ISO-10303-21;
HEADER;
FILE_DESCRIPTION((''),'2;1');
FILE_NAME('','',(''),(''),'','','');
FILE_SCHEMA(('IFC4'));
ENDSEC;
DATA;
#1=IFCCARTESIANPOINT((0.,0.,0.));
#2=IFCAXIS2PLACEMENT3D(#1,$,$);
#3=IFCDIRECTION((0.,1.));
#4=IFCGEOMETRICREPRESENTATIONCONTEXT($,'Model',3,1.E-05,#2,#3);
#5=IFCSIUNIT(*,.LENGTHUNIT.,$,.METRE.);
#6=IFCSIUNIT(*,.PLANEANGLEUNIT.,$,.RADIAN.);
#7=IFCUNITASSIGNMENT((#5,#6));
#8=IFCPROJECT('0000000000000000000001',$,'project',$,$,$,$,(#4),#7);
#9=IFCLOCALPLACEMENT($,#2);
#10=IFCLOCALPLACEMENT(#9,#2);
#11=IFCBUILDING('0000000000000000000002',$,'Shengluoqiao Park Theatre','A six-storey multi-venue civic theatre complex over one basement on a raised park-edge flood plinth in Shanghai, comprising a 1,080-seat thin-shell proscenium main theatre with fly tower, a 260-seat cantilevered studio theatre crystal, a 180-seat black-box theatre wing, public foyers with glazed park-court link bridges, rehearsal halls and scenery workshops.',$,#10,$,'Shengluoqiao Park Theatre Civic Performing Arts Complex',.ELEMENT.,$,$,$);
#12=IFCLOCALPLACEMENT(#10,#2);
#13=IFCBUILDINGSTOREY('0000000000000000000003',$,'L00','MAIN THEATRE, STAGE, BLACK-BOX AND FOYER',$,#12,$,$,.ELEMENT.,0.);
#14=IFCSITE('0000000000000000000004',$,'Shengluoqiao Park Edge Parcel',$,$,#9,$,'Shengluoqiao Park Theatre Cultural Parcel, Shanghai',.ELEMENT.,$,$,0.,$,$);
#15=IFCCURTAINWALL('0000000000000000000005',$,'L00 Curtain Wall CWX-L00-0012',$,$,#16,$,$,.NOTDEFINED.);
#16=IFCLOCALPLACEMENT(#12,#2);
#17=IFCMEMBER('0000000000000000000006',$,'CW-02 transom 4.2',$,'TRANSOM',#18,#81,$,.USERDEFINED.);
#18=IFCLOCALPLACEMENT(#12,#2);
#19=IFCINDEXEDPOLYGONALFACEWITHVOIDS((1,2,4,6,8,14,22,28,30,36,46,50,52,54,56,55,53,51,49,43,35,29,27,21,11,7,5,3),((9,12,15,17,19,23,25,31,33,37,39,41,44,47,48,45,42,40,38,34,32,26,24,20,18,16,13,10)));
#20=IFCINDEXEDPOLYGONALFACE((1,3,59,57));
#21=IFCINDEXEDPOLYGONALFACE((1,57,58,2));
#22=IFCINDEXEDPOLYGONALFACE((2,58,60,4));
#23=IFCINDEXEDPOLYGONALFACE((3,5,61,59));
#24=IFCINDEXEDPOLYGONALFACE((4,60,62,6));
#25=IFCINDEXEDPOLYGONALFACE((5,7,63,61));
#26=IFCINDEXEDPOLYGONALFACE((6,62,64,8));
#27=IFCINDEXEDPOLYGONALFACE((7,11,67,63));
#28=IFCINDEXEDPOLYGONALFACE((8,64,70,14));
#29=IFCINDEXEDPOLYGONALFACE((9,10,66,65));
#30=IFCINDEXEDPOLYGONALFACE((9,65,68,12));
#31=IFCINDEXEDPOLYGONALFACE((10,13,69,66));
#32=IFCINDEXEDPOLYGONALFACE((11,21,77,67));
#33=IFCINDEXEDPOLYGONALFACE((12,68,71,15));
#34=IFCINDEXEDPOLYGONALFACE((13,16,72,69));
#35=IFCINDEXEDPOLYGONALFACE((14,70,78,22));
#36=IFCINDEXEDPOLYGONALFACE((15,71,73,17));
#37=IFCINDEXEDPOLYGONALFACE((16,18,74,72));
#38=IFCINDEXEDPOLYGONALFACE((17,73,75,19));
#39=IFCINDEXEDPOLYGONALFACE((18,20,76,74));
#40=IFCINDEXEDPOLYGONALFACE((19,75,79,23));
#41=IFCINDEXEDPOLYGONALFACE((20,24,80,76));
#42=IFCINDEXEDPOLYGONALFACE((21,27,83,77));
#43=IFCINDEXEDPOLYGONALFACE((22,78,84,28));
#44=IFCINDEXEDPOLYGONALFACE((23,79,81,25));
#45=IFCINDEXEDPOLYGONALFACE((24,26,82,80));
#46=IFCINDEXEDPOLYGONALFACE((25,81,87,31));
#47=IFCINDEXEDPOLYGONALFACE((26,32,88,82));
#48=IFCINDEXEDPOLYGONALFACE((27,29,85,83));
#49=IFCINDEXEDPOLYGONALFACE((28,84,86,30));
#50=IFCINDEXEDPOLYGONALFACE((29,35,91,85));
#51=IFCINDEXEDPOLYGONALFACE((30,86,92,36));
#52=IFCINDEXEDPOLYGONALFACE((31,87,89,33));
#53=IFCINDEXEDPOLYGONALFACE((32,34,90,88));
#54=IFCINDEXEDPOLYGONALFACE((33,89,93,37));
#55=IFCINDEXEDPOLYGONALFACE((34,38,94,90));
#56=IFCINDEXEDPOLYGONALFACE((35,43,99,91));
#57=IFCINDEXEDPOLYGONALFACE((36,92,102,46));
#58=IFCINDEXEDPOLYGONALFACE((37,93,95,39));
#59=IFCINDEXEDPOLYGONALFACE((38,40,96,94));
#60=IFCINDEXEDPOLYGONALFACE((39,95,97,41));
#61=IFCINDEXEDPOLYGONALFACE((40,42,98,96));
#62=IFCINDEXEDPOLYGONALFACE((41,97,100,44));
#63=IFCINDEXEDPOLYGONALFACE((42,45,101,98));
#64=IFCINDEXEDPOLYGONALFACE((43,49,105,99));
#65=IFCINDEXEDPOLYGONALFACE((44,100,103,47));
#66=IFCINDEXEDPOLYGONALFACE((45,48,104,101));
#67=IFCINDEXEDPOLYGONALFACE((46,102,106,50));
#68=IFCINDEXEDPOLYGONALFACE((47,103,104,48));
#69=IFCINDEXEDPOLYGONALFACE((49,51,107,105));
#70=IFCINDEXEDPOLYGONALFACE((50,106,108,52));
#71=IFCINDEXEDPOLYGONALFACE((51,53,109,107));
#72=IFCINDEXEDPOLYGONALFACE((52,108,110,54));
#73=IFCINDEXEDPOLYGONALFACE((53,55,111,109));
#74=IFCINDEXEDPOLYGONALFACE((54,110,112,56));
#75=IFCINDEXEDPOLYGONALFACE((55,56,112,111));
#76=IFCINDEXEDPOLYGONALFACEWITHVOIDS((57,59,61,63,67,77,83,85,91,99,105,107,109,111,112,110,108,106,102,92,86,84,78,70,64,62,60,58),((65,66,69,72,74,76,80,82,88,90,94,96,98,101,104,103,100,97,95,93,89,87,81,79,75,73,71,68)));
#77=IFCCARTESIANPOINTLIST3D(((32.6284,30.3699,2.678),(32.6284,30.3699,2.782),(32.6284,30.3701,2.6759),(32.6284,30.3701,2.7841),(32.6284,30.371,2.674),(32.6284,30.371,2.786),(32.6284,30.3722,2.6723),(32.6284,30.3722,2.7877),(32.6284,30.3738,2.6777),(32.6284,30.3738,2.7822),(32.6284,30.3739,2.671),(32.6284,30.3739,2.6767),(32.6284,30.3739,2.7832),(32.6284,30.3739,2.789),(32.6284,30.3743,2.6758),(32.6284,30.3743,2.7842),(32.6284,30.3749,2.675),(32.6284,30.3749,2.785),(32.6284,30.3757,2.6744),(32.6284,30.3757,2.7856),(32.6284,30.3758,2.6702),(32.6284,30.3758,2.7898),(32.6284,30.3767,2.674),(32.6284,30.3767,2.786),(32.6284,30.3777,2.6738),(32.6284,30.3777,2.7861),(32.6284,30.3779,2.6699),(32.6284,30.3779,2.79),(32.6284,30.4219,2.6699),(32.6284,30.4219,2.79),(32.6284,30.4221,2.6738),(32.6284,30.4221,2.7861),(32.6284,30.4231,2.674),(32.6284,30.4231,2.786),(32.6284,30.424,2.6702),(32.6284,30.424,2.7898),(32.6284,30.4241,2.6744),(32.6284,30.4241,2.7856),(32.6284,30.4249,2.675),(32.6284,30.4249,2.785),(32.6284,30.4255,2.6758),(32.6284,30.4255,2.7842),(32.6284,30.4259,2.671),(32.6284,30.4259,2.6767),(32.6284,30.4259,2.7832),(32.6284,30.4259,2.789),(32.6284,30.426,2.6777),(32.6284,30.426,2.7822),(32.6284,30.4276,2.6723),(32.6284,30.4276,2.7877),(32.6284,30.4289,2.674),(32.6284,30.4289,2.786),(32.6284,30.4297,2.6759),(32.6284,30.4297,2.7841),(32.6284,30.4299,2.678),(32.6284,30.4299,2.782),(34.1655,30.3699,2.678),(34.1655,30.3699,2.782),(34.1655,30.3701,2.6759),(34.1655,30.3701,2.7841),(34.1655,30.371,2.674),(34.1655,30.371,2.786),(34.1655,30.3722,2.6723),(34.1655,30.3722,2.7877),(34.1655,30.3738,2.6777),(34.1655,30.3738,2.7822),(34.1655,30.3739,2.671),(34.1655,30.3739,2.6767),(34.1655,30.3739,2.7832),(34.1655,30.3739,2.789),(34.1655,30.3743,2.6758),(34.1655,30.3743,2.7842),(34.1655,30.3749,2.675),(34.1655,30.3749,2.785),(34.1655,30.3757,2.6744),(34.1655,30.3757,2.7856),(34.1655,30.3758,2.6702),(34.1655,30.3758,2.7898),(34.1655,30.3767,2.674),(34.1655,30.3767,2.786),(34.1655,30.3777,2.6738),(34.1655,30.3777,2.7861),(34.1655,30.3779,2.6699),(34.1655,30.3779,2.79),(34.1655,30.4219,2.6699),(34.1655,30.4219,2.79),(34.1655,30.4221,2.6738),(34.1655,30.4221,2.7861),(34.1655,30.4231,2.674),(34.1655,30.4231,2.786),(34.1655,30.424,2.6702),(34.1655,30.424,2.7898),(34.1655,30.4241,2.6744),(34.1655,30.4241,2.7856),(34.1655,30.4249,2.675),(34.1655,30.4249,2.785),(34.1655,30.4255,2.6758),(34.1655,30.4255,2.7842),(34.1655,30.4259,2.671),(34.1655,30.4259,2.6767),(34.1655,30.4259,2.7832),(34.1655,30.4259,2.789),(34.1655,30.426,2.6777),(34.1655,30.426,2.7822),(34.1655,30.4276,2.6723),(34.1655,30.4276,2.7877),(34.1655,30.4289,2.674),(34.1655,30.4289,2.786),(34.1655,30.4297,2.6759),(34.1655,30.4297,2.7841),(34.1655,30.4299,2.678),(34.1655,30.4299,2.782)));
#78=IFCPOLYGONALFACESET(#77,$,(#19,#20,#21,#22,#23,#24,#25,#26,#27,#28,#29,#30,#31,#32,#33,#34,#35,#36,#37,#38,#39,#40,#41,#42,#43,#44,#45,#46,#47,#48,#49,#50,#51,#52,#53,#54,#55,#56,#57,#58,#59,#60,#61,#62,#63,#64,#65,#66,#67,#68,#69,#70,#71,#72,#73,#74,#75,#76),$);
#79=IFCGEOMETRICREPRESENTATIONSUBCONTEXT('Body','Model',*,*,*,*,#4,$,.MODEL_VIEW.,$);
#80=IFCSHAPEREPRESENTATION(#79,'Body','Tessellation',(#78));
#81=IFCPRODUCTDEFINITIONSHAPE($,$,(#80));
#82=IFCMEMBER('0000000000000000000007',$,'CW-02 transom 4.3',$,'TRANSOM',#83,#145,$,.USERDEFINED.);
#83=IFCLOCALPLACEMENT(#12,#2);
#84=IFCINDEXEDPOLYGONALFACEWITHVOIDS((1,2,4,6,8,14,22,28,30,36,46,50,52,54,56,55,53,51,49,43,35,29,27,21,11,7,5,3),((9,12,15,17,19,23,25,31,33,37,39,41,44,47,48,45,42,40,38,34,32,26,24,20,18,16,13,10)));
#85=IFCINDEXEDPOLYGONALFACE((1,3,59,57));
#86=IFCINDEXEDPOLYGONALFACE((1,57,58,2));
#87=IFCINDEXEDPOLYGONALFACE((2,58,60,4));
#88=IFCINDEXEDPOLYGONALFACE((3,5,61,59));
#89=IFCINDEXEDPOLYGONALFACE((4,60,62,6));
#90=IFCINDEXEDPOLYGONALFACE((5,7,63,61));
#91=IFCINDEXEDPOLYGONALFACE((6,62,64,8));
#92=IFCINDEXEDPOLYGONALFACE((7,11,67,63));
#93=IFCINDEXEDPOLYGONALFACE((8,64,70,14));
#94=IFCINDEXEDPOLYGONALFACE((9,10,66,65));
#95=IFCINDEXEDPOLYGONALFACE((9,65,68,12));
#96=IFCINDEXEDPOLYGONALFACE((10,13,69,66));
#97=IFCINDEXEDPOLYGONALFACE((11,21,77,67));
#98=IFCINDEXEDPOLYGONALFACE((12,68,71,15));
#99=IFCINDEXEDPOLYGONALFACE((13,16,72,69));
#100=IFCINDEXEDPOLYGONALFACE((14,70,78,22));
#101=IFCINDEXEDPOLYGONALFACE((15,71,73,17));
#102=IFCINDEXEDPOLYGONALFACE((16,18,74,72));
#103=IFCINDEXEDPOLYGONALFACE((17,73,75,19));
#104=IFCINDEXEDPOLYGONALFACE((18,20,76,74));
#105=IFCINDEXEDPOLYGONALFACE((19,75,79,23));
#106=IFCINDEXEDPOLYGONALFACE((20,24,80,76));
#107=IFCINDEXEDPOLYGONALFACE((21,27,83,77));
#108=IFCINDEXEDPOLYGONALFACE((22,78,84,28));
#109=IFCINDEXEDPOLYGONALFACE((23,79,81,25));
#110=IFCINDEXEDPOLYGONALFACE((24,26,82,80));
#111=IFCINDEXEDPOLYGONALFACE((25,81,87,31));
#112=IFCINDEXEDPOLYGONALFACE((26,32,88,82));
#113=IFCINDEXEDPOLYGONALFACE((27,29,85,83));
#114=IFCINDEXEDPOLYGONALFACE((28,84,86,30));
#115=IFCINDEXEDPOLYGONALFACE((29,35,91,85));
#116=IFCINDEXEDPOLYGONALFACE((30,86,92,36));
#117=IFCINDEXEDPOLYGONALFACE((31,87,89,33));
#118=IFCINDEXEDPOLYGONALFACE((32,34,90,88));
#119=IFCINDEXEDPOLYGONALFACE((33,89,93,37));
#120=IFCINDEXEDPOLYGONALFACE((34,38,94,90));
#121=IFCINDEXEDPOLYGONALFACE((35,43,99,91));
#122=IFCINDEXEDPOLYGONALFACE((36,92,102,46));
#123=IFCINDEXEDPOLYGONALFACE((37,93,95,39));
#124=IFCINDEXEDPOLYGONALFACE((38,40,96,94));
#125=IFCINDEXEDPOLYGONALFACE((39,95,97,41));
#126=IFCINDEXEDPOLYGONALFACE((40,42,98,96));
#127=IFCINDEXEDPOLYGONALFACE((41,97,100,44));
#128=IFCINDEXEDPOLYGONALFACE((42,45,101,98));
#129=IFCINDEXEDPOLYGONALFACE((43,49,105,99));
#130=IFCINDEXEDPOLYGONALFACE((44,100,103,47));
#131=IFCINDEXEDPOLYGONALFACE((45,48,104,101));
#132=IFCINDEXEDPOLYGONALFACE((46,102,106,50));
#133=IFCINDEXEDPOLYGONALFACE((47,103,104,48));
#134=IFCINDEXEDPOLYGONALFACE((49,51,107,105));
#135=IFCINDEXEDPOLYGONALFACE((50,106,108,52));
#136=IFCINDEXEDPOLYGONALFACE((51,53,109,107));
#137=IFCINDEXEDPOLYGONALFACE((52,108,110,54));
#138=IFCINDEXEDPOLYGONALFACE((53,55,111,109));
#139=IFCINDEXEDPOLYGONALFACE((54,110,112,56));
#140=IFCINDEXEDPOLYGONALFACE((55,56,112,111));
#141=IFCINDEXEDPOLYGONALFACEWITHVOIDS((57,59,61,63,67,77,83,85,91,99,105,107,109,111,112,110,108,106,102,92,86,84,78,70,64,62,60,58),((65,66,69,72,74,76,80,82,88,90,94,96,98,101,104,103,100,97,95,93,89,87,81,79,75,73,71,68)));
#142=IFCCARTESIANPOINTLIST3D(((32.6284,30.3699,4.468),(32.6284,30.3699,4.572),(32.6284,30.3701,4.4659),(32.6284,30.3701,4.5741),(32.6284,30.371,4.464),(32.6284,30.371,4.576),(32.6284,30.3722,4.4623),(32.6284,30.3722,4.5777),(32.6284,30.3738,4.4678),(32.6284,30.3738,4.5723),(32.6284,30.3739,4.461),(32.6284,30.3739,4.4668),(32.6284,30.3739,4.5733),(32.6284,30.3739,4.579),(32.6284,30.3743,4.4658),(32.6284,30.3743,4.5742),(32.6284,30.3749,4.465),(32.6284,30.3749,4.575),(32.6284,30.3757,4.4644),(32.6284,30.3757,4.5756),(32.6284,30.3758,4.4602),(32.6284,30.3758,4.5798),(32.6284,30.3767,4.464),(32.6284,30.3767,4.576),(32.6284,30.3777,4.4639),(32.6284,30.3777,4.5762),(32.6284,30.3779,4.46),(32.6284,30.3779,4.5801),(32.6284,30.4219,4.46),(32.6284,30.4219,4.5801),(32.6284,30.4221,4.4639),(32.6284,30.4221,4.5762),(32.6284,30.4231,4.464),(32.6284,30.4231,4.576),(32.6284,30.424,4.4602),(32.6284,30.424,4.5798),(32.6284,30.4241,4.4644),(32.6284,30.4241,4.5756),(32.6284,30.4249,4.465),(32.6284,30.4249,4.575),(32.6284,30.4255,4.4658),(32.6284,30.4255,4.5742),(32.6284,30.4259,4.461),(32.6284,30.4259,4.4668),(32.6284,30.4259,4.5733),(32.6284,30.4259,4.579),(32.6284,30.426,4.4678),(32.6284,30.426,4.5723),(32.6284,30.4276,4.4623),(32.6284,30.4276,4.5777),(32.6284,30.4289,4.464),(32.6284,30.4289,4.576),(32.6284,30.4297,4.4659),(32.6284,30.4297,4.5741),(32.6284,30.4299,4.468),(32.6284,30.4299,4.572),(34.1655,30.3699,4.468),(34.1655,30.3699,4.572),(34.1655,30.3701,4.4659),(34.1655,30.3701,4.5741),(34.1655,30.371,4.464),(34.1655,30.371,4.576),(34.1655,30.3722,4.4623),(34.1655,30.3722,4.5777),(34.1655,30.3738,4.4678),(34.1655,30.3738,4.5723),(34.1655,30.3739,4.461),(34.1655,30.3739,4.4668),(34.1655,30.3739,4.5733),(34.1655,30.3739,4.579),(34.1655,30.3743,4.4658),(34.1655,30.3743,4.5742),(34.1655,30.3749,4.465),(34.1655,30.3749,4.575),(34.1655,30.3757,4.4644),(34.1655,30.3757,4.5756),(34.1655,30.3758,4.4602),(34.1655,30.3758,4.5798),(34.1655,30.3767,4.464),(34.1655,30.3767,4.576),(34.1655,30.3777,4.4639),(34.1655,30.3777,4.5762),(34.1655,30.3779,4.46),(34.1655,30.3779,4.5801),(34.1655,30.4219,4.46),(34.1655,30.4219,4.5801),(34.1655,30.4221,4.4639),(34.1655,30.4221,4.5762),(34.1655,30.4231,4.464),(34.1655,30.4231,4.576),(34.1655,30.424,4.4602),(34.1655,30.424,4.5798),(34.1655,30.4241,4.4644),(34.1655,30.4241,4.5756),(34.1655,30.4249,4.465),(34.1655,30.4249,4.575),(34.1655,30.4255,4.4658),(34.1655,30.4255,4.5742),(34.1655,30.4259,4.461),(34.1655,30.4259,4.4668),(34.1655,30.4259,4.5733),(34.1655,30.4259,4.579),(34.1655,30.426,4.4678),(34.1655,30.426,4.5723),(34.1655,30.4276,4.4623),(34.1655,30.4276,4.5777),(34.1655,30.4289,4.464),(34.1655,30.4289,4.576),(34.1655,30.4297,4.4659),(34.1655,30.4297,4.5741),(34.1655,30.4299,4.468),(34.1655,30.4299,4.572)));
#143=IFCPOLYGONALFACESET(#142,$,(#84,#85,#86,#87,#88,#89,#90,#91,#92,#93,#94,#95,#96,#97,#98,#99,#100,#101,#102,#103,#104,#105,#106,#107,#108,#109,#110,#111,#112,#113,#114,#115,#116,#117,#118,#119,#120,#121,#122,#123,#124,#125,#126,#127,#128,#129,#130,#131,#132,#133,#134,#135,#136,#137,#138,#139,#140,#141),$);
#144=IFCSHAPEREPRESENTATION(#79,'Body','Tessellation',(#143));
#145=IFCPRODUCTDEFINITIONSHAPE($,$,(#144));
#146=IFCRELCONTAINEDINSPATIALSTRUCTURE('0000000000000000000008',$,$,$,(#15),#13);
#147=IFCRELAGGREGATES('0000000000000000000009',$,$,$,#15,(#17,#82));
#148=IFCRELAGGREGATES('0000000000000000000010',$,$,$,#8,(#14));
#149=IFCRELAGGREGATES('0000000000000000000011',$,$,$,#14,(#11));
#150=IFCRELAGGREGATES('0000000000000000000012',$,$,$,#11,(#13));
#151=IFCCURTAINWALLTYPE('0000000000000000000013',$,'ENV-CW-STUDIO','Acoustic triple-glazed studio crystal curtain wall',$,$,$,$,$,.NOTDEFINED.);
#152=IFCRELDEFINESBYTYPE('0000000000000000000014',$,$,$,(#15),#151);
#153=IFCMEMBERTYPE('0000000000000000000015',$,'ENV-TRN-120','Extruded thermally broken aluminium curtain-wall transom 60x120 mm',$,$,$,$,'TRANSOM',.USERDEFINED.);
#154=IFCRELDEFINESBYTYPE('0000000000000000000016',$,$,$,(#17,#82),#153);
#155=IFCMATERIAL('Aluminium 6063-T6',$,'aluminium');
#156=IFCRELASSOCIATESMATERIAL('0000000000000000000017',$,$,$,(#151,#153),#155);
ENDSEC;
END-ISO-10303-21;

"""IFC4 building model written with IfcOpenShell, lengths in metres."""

from ifc_helpers import new_model, si_unit, direction, frame, origin, origin_2d, place, context, subcontext, project, spatial, hollow_rectangle, extrude, material, material_profile, profile_set, type_object, element, aggregate, save


model = new_model("IFC4")

# Units and contexts
model_context = context("Model", 3, precision=1e-05, world=origin(), true_north=direction((0.0, 1.0)))
body_context = subcontext(model_context, "Body", "Model", "MODEL_VIEW")
ifc_project = project(units=[si_unit("LENGTHUNIT", "METRE"), si_unit("PLANEANGLEUNIT", "RADIAN")], contexts=[model_context])

# Site, building, storey
site_placement = place(None, origin())
site = spatial("IfcSite", under=ifc_project, at=site_placement, Name="Shengluoqiao Park Edge Parcel", LongName="Shengluoqiao Park Theatre Cultural Parcel, Shanghai", CompositionType="ELEMENT", RefElevation=0.0)
building_placement = place(site_placement, origin())
building = spatial("IfcBuilding", under=site, at=building_placement, Name="Shengluoqiao Park Theatre", Description="A six-storey multi-venue civic theatre complex over one basement on a raised park-edge flood plinth in Shanghai, comprising a 1,080-seat thin-shell proscenium main theatre with fly tower, a 260-seat cantilevered studio theatre crystal, a 180-seat black-box theatre wing, public foyers with glazed park-court link bridges, rehearsal halls and scenery workshops.", LongName="Shengluoqiao Park Theatre Civic Performing Arts Complex", CompositionType="ELEMENT")
storey_placement = place(building_placement, origin())
storey = spatial("IfcBuildingStorey", under=building, at=storey_placement, Name="L00", Description="MAIN THEATRE, STAGE, BLACK-BOX AND FOYER", CompositionType="ELEMENT", Elevation=0.0)

# Curtain wall
ifc_material_1 = material(Name="Aluminium 6063-T6", Category="aluminium")
curtain_wall_type_1 = type_object("IfcCurtainWallType", Name="ENV-CW-STUDIO", Description="Acoustic triple-glazed studio crystal curtain wall", PredefinedType="NOTDEFINED", material=ifc_material_1)
curtain_wall_1_placement = place(storey_placement, origin())
curtain_wall_1 = element("IfcCurtainWall", 1, at=curtain_wall_1_placement, inside=storey, type_object=curtain_wall_type_1, Name="L00 Curtain Wall CWX-L00-0012", PredefinedType="NOTDEFINED")

# Members
ifc_material_profile_1 = material_profile(ifc_material_1, hollow_rectangle(XDim=0.0601, YDim=0.1201, WallThickness=0.0039, InnerFilletRadius=0.0039, OuterFilletRadius=0.0081, at=origin_2d()), Name="ALU TRANSOM 120x60x4")
ifc_profile_set_1 = profile_set([ifc_material_profile_1], Name="Aluminium 6063-T6")
member_type_1 = type_object("IfcMemberType", Name="ENV-TRN-120", Description="Extruded thermally broken aluminium curtain-wall transom 60x120 mm", ElementType="TRANSOM", PredefinedType="USERDEFINED", material=ifc_profile_set_1)
member_1_placement = place(storey_placement, frame((32.6284, 30.3999, 2.73), z_axis=(1.0, 0.0, 0.0), x_axis=(0.0, 1.0, 0.0)))
member_1 = element("IfcMember", 2, at=member_1_placement, type_object=member_type_1, Name="CW-02 transom 4.2", ObjectType="TRANSOM", PredefinedType="USERDEFINED", context=body_context, shape_type="SweptSolid", body=[
    extrude(hollow_rectangle(XDim=0.0601, YDim=0.1201, WallThickness=0.0039, InnerFilletRadius=0.0039, OuterFilletRadius=0.0081, at=origin_2d()), origin(), (0.0, 0.0, 1.0), 1.5371),
])
member_2_placement = place(storey_placement, frame((32.6284, 30.3999, 4.52), z_axis=(1.0, 0.0, 0.0), x_axis=(0.0, 1.0, 0.0)))
member_2 = element("IfcMember", 3, at=member_2_placement, type_object=member_type_1, Name="CW-02 transom 4.3", ObjectType="TRANSOM", PredefinedType="USERDEFINED", context=body_context, shape_type="SweptSolid", body=[
    extrude(hollow_rectangle(XDim=0.0601, YDim=0.1201, WallThickness=0.0039, InnerFilletRadius=0.0039, OuterFilletRadius=0.0081, at=origin_2d()), origin(), (0.0, 0.0, 1.0), 1.5371),
])

aggregate(curtain_wall_1, [member_1, member_2])

save(model, "model.ifc")
